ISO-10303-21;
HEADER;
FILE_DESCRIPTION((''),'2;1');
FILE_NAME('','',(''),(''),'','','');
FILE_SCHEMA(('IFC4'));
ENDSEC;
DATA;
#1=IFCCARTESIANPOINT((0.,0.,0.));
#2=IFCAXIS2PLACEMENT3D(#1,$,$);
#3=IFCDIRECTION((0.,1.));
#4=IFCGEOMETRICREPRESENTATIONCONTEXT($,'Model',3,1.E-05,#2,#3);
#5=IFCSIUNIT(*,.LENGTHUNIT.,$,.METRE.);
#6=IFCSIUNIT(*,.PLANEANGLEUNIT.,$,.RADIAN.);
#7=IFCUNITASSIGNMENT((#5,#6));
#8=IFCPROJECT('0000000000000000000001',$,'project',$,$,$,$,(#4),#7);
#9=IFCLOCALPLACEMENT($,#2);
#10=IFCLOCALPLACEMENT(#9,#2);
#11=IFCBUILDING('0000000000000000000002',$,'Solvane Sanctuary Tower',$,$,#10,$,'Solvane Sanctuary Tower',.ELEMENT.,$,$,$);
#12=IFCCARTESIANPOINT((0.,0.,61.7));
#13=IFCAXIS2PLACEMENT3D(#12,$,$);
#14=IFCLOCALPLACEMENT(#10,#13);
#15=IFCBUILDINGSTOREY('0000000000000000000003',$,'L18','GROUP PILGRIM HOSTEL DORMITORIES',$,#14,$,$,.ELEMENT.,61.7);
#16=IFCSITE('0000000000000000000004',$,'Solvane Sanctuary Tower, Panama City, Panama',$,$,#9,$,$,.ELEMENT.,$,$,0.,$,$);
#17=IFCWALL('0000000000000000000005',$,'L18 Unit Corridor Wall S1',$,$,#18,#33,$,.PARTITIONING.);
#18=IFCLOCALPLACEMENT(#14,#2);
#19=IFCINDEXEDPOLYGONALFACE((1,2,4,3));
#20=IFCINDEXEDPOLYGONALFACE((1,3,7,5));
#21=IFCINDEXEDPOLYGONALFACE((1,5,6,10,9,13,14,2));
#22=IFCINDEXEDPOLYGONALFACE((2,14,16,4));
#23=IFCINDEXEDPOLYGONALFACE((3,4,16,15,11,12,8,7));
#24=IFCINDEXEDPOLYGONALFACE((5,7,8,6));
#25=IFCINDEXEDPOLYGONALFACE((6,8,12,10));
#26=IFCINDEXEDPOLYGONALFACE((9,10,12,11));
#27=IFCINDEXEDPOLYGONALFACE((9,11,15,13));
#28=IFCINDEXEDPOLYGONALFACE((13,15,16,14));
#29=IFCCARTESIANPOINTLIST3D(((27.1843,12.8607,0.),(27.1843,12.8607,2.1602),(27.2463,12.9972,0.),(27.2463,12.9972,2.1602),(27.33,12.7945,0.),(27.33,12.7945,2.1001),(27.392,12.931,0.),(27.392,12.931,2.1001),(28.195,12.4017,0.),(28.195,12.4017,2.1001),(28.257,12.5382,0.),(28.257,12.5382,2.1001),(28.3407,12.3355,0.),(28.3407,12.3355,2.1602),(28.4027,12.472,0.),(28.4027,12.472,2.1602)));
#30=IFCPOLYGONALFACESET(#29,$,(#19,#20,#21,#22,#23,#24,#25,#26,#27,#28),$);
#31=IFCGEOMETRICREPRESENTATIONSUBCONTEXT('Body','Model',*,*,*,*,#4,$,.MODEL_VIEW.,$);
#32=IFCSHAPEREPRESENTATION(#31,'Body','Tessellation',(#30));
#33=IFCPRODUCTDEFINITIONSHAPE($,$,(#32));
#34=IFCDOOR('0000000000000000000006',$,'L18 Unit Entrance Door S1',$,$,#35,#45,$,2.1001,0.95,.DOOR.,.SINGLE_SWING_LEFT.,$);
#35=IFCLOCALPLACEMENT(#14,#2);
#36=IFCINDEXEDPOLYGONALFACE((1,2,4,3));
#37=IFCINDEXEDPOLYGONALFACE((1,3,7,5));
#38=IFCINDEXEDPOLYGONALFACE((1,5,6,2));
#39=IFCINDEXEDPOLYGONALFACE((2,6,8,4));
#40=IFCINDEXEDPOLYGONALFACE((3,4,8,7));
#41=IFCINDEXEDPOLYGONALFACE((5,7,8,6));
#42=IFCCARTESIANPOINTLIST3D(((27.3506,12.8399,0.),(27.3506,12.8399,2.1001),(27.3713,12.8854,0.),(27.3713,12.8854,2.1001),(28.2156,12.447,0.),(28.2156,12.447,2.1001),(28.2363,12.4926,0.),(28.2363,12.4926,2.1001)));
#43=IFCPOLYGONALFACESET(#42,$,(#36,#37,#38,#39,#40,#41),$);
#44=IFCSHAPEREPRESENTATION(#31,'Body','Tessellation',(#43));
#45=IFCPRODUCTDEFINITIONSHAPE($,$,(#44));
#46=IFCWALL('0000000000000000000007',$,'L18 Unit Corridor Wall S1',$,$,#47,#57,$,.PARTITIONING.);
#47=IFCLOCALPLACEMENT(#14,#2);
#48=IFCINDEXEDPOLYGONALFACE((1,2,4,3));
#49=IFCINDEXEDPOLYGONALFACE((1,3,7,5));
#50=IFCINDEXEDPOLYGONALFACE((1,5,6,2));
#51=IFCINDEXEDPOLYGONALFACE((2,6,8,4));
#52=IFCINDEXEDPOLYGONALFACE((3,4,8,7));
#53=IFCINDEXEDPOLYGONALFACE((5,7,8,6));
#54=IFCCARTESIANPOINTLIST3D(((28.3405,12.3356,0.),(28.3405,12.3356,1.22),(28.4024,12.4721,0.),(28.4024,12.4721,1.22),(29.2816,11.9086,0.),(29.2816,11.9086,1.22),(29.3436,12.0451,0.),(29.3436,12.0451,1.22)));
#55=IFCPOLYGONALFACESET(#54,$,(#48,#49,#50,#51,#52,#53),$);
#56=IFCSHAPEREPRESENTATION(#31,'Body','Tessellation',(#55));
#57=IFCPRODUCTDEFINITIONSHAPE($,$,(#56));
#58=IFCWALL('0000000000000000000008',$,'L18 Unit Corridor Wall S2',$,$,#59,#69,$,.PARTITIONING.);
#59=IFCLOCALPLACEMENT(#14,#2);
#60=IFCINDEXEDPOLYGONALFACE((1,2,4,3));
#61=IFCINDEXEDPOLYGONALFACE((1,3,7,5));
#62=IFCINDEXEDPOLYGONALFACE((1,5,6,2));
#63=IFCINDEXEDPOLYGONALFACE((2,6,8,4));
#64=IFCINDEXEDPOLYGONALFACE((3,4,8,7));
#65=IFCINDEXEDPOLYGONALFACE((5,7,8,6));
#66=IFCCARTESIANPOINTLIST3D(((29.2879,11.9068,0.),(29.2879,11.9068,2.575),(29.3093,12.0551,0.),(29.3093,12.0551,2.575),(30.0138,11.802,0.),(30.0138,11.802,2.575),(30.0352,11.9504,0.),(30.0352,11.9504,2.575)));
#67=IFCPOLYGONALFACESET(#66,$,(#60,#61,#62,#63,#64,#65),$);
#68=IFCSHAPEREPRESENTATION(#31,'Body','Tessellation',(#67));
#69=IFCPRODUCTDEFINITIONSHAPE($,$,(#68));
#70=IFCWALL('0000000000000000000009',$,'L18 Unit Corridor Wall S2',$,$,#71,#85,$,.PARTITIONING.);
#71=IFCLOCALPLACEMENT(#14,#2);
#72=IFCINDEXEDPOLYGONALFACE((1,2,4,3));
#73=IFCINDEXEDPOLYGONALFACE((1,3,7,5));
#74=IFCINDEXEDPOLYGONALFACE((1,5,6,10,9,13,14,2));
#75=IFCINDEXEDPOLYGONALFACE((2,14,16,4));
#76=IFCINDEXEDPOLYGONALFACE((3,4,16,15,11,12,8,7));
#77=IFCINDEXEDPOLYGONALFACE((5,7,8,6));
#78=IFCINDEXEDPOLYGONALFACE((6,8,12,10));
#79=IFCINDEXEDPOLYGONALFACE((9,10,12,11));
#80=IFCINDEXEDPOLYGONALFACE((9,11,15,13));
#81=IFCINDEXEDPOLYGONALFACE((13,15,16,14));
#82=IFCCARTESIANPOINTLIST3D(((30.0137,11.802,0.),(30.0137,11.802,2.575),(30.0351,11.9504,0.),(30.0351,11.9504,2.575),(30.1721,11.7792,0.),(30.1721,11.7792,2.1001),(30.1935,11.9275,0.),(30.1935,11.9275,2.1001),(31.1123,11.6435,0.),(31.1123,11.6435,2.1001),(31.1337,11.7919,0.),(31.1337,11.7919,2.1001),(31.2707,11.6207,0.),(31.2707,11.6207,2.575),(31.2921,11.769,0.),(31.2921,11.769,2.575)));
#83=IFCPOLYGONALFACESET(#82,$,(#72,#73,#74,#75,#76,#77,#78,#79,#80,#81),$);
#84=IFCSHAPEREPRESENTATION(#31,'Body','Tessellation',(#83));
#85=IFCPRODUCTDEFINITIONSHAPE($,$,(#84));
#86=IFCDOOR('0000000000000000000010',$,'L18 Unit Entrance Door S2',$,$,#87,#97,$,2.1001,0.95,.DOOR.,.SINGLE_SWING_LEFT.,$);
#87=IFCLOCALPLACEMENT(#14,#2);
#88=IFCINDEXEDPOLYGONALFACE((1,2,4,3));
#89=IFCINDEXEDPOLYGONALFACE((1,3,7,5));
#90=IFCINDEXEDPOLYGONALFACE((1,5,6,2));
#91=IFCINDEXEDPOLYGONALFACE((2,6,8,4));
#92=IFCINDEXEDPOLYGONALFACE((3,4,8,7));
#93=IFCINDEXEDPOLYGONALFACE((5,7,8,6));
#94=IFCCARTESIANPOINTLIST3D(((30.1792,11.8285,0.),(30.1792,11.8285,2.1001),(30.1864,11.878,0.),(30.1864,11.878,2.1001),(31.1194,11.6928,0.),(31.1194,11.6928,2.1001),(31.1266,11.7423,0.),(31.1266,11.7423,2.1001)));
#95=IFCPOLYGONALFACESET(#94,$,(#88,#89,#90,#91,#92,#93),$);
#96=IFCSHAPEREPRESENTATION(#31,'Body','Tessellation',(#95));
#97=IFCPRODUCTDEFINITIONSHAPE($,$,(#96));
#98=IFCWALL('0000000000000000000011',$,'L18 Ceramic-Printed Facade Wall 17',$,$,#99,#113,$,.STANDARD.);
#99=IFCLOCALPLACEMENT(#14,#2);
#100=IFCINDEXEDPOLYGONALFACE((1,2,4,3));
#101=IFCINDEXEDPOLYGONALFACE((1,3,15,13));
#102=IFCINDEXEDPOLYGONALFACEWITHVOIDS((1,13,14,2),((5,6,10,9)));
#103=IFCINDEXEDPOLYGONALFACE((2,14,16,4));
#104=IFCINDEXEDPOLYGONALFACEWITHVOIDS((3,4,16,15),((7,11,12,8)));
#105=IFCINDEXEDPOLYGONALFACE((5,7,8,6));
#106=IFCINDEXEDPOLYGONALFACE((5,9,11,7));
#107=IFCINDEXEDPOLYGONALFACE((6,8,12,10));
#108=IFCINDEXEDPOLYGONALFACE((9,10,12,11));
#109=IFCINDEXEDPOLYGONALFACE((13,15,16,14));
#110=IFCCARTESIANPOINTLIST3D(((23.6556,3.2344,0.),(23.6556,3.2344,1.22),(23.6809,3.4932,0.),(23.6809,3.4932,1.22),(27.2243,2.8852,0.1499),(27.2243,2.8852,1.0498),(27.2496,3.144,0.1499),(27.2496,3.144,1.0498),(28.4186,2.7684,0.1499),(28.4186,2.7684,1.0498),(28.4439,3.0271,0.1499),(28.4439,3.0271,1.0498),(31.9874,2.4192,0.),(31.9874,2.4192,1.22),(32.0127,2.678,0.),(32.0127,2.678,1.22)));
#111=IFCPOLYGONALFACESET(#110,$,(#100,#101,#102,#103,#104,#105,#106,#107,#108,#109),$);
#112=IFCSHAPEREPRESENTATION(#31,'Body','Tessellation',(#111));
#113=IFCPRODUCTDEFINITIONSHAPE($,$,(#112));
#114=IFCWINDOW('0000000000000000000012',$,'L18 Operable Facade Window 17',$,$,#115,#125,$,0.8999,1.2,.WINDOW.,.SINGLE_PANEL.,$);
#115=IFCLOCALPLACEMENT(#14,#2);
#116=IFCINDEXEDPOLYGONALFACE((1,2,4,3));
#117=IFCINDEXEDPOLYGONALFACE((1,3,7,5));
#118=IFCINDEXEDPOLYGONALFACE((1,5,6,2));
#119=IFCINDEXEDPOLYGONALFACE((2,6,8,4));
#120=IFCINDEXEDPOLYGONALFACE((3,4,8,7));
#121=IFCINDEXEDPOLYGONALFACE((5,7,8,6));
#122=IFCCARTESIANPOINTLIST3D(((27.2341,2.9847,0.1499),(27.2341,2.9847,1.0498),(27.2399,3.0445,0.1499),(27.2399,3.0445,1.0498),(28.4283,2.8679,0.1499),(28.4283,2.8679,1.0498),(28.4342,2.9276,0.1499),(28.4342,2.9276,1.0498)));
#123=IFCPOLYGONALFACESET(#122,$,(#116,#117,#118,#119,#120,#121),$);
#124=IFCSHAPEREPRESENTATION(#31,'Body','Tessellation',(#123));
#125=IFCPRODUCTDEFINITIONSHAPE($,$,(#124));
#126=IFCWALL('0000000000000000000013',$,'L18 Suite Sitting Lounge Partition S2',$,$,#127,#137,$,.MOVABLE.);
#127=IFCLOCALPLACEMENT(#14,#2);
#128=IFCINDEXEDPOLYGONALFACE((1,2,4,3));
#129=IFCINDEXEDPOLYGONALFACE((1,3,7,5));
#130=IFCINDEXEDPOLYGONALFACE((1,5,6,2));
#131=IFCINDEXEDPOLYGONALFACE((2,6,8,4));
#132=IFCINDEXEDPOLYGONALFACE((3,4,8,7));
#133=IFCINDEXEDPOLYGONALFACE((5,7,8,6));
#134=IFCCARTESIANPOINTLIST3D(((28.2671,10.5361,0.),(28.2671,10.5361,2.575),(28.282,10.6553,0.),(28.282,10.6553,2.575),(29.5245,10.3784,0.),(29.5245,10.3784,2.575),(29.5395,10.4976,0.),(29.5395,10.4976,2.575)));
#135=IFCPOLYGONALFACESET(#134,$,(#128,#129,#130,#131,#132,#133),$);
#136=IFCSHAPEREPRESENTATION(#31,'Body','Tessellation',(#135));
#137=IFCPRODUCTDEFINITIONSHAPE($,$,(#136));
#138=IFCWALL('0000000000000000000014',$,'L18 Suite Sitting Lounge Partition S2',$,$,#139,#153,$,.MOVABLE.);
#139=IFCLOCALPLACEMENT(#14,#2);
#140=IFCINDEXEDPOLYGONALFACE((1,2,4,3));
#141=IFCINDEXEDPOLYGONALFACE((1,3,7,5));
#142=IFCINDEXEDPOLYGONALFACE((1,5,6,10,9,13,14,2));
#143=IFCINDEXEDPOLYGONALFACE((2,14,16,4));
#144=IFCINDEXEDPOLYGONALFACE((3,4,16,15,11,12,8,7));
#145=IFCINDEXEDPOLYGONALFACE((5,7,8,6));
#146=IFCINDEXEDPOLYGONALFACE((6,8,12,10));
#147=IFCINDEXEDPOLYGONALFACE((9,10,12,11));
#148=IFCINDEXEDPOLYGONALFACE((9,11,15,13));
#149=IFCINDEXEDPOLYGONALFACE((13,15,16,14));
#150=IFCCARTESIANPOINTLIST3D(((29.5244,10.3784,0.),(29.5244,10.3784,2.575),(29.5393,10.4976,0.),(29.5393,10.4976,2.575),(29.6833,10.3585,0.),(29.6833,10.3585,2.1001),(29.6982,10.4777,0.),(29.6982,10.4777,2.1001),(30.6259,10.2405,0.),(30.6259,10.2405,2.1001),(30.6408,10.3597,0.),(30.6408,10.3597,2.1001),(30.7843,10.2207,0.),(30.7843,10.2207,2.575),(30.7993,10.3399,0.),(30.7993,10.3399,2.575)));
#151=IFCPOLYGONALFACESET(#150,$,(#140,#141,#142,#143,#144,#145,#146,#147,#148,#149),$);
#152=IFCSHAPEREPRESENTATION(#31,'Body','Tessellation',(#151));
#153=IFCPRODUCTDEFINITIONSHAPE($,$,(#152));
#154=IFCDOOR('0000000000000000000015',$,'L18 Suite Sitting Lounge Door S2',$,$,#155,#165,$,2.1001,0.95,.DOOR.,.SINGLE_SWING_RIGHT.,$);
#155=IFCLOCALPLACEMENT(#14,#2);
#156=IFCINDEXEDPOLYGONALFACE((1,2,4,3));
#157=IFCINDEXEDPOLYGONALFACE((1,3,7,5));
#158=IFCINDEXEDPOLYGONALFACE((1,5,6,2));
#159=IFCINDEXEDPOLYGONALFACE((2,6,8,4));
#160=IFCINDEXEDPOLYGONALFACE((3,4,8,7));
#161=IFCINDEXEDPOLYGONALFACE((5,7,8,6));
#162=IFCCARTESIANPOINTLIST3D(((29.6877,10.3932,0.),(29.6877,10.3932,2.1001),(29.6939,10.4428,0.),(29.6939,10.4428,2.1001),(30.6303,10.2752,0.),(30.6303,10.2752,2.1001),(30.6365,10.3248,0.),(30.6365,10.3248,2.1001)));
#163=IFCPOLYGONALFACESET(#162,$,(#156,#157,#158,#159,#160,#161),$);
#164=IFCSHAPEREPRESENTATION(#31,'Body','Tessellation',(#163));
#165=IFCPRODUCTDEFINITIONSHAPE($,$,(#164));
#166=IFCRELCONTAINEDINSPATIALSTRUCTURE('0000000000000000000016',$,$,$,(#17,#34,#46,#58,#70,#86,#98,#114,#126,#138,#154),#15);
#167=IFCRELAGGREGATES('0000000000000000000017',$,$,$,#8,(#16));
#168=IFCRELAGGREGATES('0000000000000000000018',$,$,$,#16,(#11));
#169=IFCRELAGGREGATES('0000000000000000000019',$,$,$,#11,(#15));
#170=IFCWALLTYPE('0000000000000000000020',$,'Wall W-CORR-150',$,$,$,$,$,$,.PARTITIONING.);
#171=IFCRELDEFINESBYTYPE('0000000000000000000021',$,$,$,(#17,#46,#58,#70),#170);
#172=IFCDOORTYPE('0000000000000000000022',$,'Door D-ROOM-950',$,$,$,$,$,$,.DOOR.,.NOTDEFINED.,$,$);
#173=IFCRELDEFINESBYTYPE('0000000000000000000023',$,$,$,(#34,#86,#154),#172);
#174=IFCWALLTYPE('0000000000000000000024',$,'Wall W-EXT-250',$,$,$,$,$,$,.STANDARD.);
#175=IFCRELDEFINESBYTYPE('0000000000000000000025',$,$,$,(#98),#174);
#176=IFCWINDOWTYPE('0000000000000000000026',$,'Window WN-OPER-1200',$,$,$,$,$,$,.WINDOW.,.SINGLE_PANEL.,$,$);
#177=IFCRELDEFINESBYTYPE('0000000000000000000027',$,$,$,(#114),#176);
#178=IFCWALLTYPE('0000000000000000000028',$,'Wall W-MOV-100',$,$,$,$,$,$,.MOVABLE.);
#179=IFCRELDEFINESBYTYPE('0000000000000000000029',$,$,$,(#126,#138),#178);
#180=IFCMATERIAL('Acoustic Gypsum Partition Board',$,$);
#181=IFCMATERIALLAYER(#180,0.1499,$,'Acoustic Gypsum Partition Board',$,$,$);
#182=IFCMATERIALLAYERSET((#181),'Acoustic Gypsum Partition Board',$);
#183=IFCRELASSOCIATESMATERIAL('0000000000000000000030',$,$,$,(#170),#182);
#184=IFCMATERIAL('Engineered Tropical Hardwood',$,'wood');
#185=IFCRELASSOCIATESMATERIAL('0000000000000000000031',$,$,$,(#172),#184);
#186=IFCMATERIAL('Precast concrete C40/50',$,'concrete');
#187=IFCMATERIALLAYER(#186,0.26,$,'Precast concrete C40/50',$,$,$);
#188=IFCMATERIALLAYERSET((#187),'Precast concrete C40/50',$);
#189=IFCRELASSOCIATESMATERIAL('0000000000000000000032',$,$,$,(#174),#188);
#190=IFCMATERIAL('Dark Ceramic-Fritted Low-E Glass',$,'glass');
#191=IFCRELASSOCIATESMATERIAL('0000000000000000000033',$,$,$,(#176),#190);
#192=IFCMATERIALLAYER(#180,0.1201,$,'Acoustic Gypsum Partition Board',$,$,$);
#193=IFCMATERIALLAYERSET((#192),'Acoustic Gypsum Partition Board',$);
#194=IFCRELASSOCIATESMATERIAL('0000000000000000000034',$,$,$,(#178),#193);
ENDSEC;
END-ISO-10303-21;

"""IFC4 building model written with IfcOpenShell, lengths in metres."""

from ifc_helpers import new_model, si_unit, direction, frame, frame_2d, origin, place, context, subcontext, project, spatial, rectangle, extrude, material, layer, layer_set, type_object, element, fill, save


model = new_model("IFC4")

# Units and contexts
model_context = context("Model", 3, precision=1e-05, world=origin(), true_north=direction((0.0, 1.0)))
body_context = subcontext(model_context, "Body", "Model", "MODEL_VIEW")
ifc_project = project(units=[si_unit("LENGTHUNIT", "METRE"), si_unit("PLANEANGLEUNIT", "RADIAN")], contexts=[model_context])

# Site, building, storey
site_placement = place(None, origin())
site = spatial("IfcSite", under=ifc_project, at=site_placement, Name="Solvane Sanctuary Tower, Panama City, Panama", CompositionType="ELEMENT", RefElevation=0.0)
building_placement = place(site_placement, origin())
building = spatial("IfcBuilding", under=site, at=building_placement, Name="Solvane Sanctuary Tower", LongName="Solvane Sanctuary Tower", CompositionType="ELEMENT")
storey_placement = place(building_placement, frame((0.0, 0.0, 61.7)))
storey = spatial("IfcBuildingStorey", under=building, at=storey_placement, Name="L18", Description="GROUP PILGRIM HOSTEL DORMITORIES", CompositionType="ELEMENT", Elevation=61.7)

# Shared definitions
ifc_material_1 = material(Name="Dark Ceramic-Fritted Low-E Glass", Category="glass")

# Shared definitions
ifc_material_2 = material(Name="Acoustic Gypsum Partition Board")
ifc_layer_1 = layer(ifc_material_2, 0.1499, Name="Acoustic Gypsum Partition Board")
ifc_layer_set_1 = layer_set([ifc_layer_1], Name="Acoustic Gypsum Partition Board")
wall_type_1 = type_object("IfcWallType", Name="Wall W-CORR-150", PredefinedType="PARTITIONING", material=ifc_layer_set_1)

# Wall, opening, door
wall_1_placement = place(storey_placement, frame((27.2153, 12.929, 0.0), z_axis=(0.0, 0.0, 1.0), x_axis=(0.910492, -0.413528, 0.0)))
wall_1 = element("IfcWall", 1, at=wall_1_placement, inside=storey, type_object=wall_type_1, Name="L18 Unit Corridor Wall S1", PredefinedType="PARTITIONING", context=body_context, shape_type="SweptSolid", body=[
    extrude(rectangle(XDim=1.27, YDim=0.1499, at=frame_2d((0.635, 0.0))), origin(), (0.0, 0.0, 1.0), 2.1602),
])
opening_1_placement = place(wall_1_placement, frame((0.1599, 0.0, 0.0)))
opening_1 = element("IfcOpeningElement", 2, at=opening_1_placement, cuts=wall_1, PredefinedType="OPENING", context=body_context, shape_type="SweptSolid", body=[
    extrude(rectangle(XDim=0.95, YDim=2.1001, at=frame_2d((0.4751, 1.05))), frame((0.0, 0.085, 0.0), z_axis=(0.0, -1.0, 0.0), x_axis=(1.0, 0.0, 0.0)), (0.0, 0.0, 1.0), 0.1699),
])
ifc_material_3 = material(Name="Engineered Tropical Hardwood", Category="wood")
door_type = type_object("IfcDoorType", Name="Door D-ROOM-950", OperationType="NOTDEFINED", PredefinedType="DOOR", material=ifc_material_3)
door_1_placement = place(opening_1_placement, origin())
door_1 = element("IfcDoor", 3, at=door_1_placement, inside=storey, type_object=door_type, Name="L18 Unit Entrance Door S1", OperationType="SINGLE_SWING_LEFT", OverallHeight=2.1001, OverallWidth=0.95, PredefinedType="DOOR", context=body_context, shape_type="SweptSolid", body=[
    extrude(rectangle(XDim=0.95, YDim=2.1001, at=frame_2d((0.4751, 1.05))), frame((0.0, 0.0249, 0.0), z_axis=(0.0, -1.0, 0.0), x_axis=(1.0, 0.0, 0.0)), (0.0, 0.0, 1.0), 0.05),
])
fill(opening_1, door_1)

# Walls
wall_2_placement = place(storey_placement, frame((28.3716, 12.4038, 0.0), z_axis=(0.0, 0.0, 1.0), x_axis=(0.910657, -0.413162, 0.0)))
element("IfcWall", 4, at=wall_2_placement, inside=storey, type_object=wall_type_1, Name="L18 Unit Corridor Wall S1", PredefinedType="PARTITIONING", context=body_context, shape_type="SweptSolid", body=[
    extrude(rectangle(XDim=1.0334, YDim=0.1499, at=frame_2d((0.5166, 0.0))), origin(), (0.0, 0.0, 1.0), 1.22),
])
wall_3_placement = place(storey_placement, frame((29.2986, 11.981, 0.0), z_axis=(0.0, 0.0, 1.0), x_axis=(0.989749, -0.142819, 0.0)))
element("IfcWall", 5, at=wall_3_placement, inside=storey, type_object=wall_type_1, Name="L18 Unit Corridor Wall S2", PredefinedType="PARTITIONING", context=body_context, shape_type="SweptSolid", body=[
    extrude(rectangle(XDim=0.7334, YDim=0.1499, at=frame_2d((0.3667, 0.0))), origin(), (0.0, 0.0, 1.0), 2.575),
])

# Wall, opening, door
wall_4_placement = place(storey_placement, frame((30.0244, 11.8762, 0.0), z_axis=(0.0, 0.0, 1.0), x_axis=(0.989749, -0.142821, 0.0)))
wall_4 = element("IfcWall", 6, at=wall_4_placement, inside=storey, type_object=wall_type_1, Name="L18 Unit Corridor Wall S2", PredefinedType="PARTITIONING", context=body_context, shape_type="SweptSolid", body=[
    extrude(rectangle(XDim=1.27, YDim=0.1499, at=frame_2d((0.635, 0.0))), origin(), (0.0, 0.0, 1.0), 2.575),
])
opening_2_placement = place(wall_4_placement, frame((0.1599, 0.0, 0.0)))
opening_2 = element("IfcOpeningElement", 7, at=opening_2_placement, cuts=wall_4, PredefinedType="OPENING", context=body_context, shape_type="SweptSolid", body=[
    extrude(rectangle(XDim=0.95, YDim=2.1001, at=frame_2d((0.4751, 1.05))), frame((0.0, 0.085, 0.0), z_axis=(0.0, -1.0, 0.0), x_axis=(1.0, 0.0, 0.0)), (0.0, 0.0, 1.0), 0.1699),
])
door_2_placement = place(opening_2_placement, origin())
door_2 = element("IfcDoor", 8, at=door_2_placement, inside=storey, type_object=door_type, Name="L18 Unit Entrance Door S2", OperationType="SINGLE_SWING_LEFT", OverallHeight=2.1001, OverallWidth=0.95, PredefinedType="DOOR", context=body_context, shape_type="SweptSolid", body=[
    extrude(rectangle(XDim=0.95, YDim=2.1001, at=frame_2d((0.4751, 1.05))), frame((0.0, 0.0249, 0.0), z_axis=(0.0, -1.0, 0.0), x_axis=(1.0, 0.0, 0.0)), (0.0, 0.0, 1.0), 0.05),
])
fill(opening_2, door_2)

# Wall, opening, window
ifc_material_4 = material(Name="Precast concrete C40/50", Category="concrete")
ifc_layer_2 = layer(ifc_material_4, 0.26, Name="Precast concrete C40/50")
ifc_layer_set_2 = layer_set([ifc_layer_2], Name="Precast concrete C40/50")
wall_type_2 = type_object("IfcWallType", Name="Wall W-EXT-250", PredefinedType="STANDARD", material=ifc_layer_set_2)
wall_5_placement = place(storey_placement, frame((23.6682, 3.3638, 0.0), z_axis=(0.0, 0.0, 1.0), x_axis=(0.995248, -0.097375, 0.0)))
wall_5 = element("IfcWall", 9, at=wall_5_placement, inside=storey, type_object=wall_type_2, Name="L18 Ceramic-Printed Facade Wall 17", PredefinedType="STANDARD", context=body_context, shape_type="SweptSolid", body=[
    extrude(rectangle(XDim=8.3716, YDim=0.26, at=frame_2d((4.1858, 0.0))), origin(), (0.0, 0.0, 1.0), 1.22),
])
opening_3_placement = place(wall_5_placement, frame((3.5857, 0.0, 0.1499)))
opening_3 = element("IfcOpeningElement", 10, at=opening_3_placement, cuts=wall_5, PredefinedType="OPENING", context=body_context, shape_type="SweptSolid", body=[
    extrude(rectangle(XDim=1.2, YDim=0.8999, at=frame_2d((0.6001, 0.45))), frame((0.0, 0.1399, 0.0), z_axis=(0.0, -1.0, 0.0), x_axis=(1.0, 0.0, 0.0)), (0.0, 0.0, 1.0), 0.28),
])
window_type = type_object("IfcWindowType", Name="Window WN-OPER-1200", PartitioningType="SINGLE_PANEL", PredefinedType="WINDOW", material=ifc_material_1)
window_placement = place(opening_3_placement, origin())
window = element("IfcWindow", 11, at=window_placement, inside=storey, type_object=window_type, Name="L18 Operable Facade Window 17", OverallHeight=0.8999, OverallWidth=1.2, PartitioningType="SINGLE_PANEL", PredefinedType="WINDOW", context=body_context, shape_type="SweptSolid", body=[
    extrude(rectangle(XDim=1.2, YDim=0.8999, at=frame_2d((0.6001, 0.45))), frame((0.0, 0.03, 0.0), z_axis=(0.0, -1.0, 0.0), x_axis=(1.0, 0.0, 0.0)), (0.0, 0.0, 1.0), 0.0601),
])
fill(opening_3, window)

# Wall
ifc_layer_3 = layer(ifc_material_2, 0.1201, Name="Acoustic Gypsum Partition Board")
ifc_layer_set_3 = layer_set([ifc_layer_3], Name="Acoustic Gypsum Partition Board")
wall_type_3 = type_object("IfcWallType", Name="Wall W-MOV-100", PredefinedType="MOVABLE", material=ifc_layer_set_3)
wall_6_placement = place(storey_placement, frame((28.2744, 10.5957, 0.0), z_axis=(0.0, 0.0, 1.0), x_axis=(0.992227, -0.124438, 0.0)))
element("IfcWall", 12, at=wall_6_placement, inside=storey, type_object=wall_type_3, Name="L18 Suite Sitting Lounge Partition S2", PredefinedType="MOVABLE", context=body_context, shape_type="SweptSolid", body=[
    extrude(rectangle(XDim=1.2673, YDim=0.1201, at=frame_2d((0.6338, 0.0))), origin(), (0.0, 0.0, 1.0), 2.575),
])

# Wall, opening, door
wall_7_placement = place(storey_placement, frame((29.532, 10.438, 0.0), z_axis=(0.0, 0.0, 1.0), x_axis=(0.992257, -0.1242, 0.0)))
wall_7 = element("IfcWall", 13, at=wall_7_placement, inside=storey, type_object=wall_type_3, Name="L18 Suite Sitting Lounge Partition S2", PredefinedType="MOVABLE", context=body_context, shape_type="SweptSolid", body=[
    extrude(rectangle(XDim=1.2698, YDim=0.1201, at=frame_2d((0.6348, 0.0))), origin(), (0.0, 0.0, 1.0), 2.575),
])
opening_4_placement = place(wall_7_placement, frame((0.1599, 0.0, 0.0)))
opening_4 = element("IfcOpeningElement", 14, at=opening_4_placement, cuts=wall_7, PredefinedType="OPENING", context=body_context, shape_type="SweptSolid", body=[
    extrude(rectangle(XDim=0.95, YDim=2.1001, at=frame_2d((0.4751, 1.05))), frame((0.0, 0.0701, 0.0), z_axis=(0.0, -1.0, 0.0), x_axis=(1.0, 0.0, 0.0)), (0.0, 0.0, 1.0), 0.1401),
])
door_3_placement = place(opening_4_placement, origin())
door_3 = element("IfcDoor", 15, at=door_3_placement, inside=storey, type_object=door_type, Name="L18 Suite Sitting Lounge Door S2", OperationType="SINGLE_SWING_RIGHT", OverallHeight=2.1001, OverallWidth=0.95, PredefinedType="DOOR", context=body_context, shape_type="SweptSolid", body=[
    extrude(rectangle(XDim=0.95, YDim=2.1001, at=frame_2d((0.4751, 1.05))), frame((0.0, 0.0249, 0.0), z_axis=(0.0, -1.0, 0.0), x_axis=(1.0, 0.0, 0.0)), (0.0, 0.0, 1.0), 0.05),
])
fill(opening_4, door_3)

save(model, "model.ifc")
